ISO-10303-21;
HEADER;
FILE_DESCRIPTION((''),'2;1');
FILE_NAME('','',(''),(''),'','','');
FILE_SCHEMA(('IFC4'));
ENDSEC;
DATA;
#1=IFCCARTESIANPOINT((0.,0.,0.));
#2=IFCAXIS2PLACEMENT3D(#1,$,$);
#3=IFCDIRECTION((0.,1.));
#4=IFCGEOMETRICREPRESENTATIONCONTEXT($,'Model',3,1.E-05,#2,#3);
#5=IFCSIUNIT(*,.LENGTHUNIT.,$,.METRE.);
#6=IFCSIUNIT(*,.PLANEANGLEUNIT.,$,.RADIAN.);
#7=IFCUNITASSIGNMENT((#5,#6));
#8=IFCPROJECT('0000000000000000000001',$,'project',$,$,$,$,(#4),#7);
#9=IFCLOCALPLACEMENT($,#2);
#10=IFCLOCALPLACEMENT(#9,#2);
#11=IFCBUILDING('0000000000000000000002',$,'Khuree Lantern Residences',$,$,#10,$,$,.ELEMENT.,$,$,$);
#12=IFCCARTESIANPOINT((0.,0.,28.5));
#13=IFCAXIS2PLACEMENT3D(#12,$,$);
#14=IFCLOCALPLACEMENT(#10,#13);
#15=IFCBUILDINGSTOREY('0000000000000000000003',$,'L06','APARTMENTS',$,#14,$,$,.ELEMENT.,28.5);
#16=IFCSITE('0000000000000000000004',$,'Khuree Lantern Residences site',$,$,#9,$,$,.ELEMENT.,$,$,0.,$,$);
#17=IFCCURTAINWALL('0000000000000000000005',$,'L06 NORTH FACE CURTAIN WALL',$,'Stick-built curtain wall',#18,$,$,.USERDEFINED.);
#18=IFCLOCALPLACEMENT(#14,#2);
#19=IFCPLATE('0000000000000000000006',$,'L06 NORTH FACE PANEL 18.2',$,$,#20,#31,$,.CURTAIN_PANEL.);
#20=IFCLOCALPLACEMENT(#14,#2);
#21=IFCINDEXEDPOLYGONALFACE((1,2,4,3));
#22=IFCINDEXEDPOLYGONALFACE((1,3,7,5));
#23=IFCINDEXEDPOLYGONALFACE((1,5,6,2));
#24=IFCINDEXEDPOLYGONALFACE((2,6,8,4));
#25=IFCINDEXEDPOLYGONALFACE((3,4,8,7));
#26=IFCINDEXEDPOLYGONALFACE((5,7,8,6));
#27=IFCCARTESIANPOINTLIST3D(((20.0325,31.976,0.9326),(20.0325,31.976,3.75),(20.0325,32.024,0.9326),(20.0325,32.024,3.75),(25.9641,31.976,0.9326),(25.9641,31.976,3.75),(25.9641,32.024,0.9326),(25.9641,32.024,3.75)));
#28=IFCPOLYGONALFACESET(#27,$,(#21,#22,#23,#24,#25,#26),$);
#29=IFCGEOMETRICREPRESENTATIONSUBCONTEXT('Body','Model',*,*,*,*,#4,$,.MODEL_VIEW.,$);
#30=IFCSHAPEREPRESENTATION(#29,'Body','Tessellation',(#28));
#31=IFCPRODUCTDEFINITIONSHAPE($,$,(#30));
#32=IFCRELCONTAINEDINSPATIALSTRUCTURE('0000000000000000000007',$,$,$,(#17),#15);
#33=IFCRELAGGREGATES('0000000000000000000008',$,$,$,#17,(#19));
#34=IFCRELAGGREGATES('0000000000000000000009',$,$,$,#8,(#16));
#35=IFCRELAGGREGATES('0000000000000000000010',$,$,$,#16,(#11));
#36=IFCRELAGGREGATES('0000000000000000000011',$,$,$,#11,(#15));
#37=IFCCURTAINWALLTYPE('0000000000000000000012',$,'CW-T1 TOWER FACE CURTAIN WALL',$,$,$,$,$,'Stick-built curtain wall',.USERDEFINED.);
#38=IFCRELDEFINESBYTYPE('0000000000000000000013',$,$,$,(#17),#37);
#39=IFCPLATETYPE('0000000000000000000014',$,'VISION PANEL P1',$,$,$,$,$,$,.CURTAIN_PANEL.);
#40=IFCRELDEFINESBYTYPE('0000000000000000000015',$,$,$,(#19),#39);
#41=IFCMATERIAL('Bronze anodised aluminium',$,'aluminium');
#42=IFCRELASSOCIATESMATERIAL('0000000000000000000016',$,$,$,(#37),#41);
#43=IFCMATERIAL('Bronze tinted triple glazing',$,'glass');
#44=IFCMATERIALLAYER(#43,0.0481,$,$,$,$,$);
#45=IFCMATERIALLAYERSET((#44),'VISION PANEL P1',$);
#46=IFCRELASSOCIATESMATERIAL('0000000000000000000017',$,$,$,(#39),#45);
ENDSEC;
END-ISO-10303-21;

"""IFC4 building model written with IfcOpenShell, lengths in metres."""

from ifc_helpers import new_model, si_unit, direction, frame, origin, origin_2d, place, context, subcontext, project, spatial, rectangle, extrude, material, layer, layer_set, type_object, element, aggregate, save


model = new_model("IFC4")

# Units and contexts
model_context = context("Model", 3, precision=1e-05, world=origin(), true_north=direction((0.0, 1.0)))
body_context = subcontext(model_context, "Body", "Model", "MODEL_VIEW")
ifc_project = project(units=[si_unit("LENGTHUNIT", "METRE"), si_unit("PLANEANGLEUNIT", "RADIAN")], contexts=[model_context])

# Site, building, storey
site_placement = place(None, origin())
site = spatial("IfcSite", under=ifc_project, at=site_placement, Name="Khuree Lantern Residences site", CompositionType="ELEMENT", RefElevation=0.0)
building_placement = place(site_placement, origin())
building = spatial("IfcBuilding", under=site, at=building_placement, Name="Khuree Lantern Residences", CompositionType="ELEMENT")
storey_placement = place(building_placement, frame((0.0, 0.0, 28.5)))
storey = spatial("IfcBuildingStorey", under=building, at=storey_placement, Name="L06", Description="APARTMENTS", CompositionType="ELEMENT", Elevation=28.5)

# Curtain wall
ifc_material_1 = material(Name="Bronze anodised aluminium", Category="aluminium")
curtain_wall_type_1 = type_object("IfcCurtainWallType", Name="CW-T1 TOWER FACE CURTAIN WALL", ElementType="Stick-built curtain wall", PredefinedType="USERDEFINED", material=ifc_material_1)
curtain_wall_1_placement = place(storey_placement, origin())
curtain_wall_1 = element("IfcCurtainWall", 1, at=curtain_wall_1_placement, inside=storey, type_object=curtain_wall_type_1, Name="L06 NORTH FACE CURTAIN WALL", ObjectType="Stick-built curtain wall", PredefinedType="USERDEFINED")

# Plate
ifc_material_2 = material(Name="Bronze tinted triple glazing", Category="glass")
ifc_layer_1 = layer(ifc_material_2, 0.0481)
ifc_layer_set_1 = layer_set([ifc_layer_1], Name="VISION PANEL P1")
plate_type_1 = type_object("IfcPlateType", Name="VISION PANEL P1", PredefinedType="CURTAIN_PANEL", material=ifc_layer_set_1)
plate_1_placement = place(storey_placement, frame((22.9983, 32.0, 0.9326), z_axis=(0.0, 0.0, 1.0), x_axis=(-1.0, 0.0, 0.0)))
plate_1 = element("IfcPlate", 2, at=plate_1_placement, type_object=plate_type_1, Name="L06 NORTH FACE PANEL 18.2", PredefinedType="CURTAIN_PANEL", context=body_context, shape_type="SweptSolid", body=[
    extrude(rectangle(XDim=5.9316, YDim=0.0481, at=origin_2d()), origin(), (0.0, 0.0, 1.0), 2.8174),
])
aggregate(curtain_wall_1, [plate_1])

save(model, "model.ifc")
